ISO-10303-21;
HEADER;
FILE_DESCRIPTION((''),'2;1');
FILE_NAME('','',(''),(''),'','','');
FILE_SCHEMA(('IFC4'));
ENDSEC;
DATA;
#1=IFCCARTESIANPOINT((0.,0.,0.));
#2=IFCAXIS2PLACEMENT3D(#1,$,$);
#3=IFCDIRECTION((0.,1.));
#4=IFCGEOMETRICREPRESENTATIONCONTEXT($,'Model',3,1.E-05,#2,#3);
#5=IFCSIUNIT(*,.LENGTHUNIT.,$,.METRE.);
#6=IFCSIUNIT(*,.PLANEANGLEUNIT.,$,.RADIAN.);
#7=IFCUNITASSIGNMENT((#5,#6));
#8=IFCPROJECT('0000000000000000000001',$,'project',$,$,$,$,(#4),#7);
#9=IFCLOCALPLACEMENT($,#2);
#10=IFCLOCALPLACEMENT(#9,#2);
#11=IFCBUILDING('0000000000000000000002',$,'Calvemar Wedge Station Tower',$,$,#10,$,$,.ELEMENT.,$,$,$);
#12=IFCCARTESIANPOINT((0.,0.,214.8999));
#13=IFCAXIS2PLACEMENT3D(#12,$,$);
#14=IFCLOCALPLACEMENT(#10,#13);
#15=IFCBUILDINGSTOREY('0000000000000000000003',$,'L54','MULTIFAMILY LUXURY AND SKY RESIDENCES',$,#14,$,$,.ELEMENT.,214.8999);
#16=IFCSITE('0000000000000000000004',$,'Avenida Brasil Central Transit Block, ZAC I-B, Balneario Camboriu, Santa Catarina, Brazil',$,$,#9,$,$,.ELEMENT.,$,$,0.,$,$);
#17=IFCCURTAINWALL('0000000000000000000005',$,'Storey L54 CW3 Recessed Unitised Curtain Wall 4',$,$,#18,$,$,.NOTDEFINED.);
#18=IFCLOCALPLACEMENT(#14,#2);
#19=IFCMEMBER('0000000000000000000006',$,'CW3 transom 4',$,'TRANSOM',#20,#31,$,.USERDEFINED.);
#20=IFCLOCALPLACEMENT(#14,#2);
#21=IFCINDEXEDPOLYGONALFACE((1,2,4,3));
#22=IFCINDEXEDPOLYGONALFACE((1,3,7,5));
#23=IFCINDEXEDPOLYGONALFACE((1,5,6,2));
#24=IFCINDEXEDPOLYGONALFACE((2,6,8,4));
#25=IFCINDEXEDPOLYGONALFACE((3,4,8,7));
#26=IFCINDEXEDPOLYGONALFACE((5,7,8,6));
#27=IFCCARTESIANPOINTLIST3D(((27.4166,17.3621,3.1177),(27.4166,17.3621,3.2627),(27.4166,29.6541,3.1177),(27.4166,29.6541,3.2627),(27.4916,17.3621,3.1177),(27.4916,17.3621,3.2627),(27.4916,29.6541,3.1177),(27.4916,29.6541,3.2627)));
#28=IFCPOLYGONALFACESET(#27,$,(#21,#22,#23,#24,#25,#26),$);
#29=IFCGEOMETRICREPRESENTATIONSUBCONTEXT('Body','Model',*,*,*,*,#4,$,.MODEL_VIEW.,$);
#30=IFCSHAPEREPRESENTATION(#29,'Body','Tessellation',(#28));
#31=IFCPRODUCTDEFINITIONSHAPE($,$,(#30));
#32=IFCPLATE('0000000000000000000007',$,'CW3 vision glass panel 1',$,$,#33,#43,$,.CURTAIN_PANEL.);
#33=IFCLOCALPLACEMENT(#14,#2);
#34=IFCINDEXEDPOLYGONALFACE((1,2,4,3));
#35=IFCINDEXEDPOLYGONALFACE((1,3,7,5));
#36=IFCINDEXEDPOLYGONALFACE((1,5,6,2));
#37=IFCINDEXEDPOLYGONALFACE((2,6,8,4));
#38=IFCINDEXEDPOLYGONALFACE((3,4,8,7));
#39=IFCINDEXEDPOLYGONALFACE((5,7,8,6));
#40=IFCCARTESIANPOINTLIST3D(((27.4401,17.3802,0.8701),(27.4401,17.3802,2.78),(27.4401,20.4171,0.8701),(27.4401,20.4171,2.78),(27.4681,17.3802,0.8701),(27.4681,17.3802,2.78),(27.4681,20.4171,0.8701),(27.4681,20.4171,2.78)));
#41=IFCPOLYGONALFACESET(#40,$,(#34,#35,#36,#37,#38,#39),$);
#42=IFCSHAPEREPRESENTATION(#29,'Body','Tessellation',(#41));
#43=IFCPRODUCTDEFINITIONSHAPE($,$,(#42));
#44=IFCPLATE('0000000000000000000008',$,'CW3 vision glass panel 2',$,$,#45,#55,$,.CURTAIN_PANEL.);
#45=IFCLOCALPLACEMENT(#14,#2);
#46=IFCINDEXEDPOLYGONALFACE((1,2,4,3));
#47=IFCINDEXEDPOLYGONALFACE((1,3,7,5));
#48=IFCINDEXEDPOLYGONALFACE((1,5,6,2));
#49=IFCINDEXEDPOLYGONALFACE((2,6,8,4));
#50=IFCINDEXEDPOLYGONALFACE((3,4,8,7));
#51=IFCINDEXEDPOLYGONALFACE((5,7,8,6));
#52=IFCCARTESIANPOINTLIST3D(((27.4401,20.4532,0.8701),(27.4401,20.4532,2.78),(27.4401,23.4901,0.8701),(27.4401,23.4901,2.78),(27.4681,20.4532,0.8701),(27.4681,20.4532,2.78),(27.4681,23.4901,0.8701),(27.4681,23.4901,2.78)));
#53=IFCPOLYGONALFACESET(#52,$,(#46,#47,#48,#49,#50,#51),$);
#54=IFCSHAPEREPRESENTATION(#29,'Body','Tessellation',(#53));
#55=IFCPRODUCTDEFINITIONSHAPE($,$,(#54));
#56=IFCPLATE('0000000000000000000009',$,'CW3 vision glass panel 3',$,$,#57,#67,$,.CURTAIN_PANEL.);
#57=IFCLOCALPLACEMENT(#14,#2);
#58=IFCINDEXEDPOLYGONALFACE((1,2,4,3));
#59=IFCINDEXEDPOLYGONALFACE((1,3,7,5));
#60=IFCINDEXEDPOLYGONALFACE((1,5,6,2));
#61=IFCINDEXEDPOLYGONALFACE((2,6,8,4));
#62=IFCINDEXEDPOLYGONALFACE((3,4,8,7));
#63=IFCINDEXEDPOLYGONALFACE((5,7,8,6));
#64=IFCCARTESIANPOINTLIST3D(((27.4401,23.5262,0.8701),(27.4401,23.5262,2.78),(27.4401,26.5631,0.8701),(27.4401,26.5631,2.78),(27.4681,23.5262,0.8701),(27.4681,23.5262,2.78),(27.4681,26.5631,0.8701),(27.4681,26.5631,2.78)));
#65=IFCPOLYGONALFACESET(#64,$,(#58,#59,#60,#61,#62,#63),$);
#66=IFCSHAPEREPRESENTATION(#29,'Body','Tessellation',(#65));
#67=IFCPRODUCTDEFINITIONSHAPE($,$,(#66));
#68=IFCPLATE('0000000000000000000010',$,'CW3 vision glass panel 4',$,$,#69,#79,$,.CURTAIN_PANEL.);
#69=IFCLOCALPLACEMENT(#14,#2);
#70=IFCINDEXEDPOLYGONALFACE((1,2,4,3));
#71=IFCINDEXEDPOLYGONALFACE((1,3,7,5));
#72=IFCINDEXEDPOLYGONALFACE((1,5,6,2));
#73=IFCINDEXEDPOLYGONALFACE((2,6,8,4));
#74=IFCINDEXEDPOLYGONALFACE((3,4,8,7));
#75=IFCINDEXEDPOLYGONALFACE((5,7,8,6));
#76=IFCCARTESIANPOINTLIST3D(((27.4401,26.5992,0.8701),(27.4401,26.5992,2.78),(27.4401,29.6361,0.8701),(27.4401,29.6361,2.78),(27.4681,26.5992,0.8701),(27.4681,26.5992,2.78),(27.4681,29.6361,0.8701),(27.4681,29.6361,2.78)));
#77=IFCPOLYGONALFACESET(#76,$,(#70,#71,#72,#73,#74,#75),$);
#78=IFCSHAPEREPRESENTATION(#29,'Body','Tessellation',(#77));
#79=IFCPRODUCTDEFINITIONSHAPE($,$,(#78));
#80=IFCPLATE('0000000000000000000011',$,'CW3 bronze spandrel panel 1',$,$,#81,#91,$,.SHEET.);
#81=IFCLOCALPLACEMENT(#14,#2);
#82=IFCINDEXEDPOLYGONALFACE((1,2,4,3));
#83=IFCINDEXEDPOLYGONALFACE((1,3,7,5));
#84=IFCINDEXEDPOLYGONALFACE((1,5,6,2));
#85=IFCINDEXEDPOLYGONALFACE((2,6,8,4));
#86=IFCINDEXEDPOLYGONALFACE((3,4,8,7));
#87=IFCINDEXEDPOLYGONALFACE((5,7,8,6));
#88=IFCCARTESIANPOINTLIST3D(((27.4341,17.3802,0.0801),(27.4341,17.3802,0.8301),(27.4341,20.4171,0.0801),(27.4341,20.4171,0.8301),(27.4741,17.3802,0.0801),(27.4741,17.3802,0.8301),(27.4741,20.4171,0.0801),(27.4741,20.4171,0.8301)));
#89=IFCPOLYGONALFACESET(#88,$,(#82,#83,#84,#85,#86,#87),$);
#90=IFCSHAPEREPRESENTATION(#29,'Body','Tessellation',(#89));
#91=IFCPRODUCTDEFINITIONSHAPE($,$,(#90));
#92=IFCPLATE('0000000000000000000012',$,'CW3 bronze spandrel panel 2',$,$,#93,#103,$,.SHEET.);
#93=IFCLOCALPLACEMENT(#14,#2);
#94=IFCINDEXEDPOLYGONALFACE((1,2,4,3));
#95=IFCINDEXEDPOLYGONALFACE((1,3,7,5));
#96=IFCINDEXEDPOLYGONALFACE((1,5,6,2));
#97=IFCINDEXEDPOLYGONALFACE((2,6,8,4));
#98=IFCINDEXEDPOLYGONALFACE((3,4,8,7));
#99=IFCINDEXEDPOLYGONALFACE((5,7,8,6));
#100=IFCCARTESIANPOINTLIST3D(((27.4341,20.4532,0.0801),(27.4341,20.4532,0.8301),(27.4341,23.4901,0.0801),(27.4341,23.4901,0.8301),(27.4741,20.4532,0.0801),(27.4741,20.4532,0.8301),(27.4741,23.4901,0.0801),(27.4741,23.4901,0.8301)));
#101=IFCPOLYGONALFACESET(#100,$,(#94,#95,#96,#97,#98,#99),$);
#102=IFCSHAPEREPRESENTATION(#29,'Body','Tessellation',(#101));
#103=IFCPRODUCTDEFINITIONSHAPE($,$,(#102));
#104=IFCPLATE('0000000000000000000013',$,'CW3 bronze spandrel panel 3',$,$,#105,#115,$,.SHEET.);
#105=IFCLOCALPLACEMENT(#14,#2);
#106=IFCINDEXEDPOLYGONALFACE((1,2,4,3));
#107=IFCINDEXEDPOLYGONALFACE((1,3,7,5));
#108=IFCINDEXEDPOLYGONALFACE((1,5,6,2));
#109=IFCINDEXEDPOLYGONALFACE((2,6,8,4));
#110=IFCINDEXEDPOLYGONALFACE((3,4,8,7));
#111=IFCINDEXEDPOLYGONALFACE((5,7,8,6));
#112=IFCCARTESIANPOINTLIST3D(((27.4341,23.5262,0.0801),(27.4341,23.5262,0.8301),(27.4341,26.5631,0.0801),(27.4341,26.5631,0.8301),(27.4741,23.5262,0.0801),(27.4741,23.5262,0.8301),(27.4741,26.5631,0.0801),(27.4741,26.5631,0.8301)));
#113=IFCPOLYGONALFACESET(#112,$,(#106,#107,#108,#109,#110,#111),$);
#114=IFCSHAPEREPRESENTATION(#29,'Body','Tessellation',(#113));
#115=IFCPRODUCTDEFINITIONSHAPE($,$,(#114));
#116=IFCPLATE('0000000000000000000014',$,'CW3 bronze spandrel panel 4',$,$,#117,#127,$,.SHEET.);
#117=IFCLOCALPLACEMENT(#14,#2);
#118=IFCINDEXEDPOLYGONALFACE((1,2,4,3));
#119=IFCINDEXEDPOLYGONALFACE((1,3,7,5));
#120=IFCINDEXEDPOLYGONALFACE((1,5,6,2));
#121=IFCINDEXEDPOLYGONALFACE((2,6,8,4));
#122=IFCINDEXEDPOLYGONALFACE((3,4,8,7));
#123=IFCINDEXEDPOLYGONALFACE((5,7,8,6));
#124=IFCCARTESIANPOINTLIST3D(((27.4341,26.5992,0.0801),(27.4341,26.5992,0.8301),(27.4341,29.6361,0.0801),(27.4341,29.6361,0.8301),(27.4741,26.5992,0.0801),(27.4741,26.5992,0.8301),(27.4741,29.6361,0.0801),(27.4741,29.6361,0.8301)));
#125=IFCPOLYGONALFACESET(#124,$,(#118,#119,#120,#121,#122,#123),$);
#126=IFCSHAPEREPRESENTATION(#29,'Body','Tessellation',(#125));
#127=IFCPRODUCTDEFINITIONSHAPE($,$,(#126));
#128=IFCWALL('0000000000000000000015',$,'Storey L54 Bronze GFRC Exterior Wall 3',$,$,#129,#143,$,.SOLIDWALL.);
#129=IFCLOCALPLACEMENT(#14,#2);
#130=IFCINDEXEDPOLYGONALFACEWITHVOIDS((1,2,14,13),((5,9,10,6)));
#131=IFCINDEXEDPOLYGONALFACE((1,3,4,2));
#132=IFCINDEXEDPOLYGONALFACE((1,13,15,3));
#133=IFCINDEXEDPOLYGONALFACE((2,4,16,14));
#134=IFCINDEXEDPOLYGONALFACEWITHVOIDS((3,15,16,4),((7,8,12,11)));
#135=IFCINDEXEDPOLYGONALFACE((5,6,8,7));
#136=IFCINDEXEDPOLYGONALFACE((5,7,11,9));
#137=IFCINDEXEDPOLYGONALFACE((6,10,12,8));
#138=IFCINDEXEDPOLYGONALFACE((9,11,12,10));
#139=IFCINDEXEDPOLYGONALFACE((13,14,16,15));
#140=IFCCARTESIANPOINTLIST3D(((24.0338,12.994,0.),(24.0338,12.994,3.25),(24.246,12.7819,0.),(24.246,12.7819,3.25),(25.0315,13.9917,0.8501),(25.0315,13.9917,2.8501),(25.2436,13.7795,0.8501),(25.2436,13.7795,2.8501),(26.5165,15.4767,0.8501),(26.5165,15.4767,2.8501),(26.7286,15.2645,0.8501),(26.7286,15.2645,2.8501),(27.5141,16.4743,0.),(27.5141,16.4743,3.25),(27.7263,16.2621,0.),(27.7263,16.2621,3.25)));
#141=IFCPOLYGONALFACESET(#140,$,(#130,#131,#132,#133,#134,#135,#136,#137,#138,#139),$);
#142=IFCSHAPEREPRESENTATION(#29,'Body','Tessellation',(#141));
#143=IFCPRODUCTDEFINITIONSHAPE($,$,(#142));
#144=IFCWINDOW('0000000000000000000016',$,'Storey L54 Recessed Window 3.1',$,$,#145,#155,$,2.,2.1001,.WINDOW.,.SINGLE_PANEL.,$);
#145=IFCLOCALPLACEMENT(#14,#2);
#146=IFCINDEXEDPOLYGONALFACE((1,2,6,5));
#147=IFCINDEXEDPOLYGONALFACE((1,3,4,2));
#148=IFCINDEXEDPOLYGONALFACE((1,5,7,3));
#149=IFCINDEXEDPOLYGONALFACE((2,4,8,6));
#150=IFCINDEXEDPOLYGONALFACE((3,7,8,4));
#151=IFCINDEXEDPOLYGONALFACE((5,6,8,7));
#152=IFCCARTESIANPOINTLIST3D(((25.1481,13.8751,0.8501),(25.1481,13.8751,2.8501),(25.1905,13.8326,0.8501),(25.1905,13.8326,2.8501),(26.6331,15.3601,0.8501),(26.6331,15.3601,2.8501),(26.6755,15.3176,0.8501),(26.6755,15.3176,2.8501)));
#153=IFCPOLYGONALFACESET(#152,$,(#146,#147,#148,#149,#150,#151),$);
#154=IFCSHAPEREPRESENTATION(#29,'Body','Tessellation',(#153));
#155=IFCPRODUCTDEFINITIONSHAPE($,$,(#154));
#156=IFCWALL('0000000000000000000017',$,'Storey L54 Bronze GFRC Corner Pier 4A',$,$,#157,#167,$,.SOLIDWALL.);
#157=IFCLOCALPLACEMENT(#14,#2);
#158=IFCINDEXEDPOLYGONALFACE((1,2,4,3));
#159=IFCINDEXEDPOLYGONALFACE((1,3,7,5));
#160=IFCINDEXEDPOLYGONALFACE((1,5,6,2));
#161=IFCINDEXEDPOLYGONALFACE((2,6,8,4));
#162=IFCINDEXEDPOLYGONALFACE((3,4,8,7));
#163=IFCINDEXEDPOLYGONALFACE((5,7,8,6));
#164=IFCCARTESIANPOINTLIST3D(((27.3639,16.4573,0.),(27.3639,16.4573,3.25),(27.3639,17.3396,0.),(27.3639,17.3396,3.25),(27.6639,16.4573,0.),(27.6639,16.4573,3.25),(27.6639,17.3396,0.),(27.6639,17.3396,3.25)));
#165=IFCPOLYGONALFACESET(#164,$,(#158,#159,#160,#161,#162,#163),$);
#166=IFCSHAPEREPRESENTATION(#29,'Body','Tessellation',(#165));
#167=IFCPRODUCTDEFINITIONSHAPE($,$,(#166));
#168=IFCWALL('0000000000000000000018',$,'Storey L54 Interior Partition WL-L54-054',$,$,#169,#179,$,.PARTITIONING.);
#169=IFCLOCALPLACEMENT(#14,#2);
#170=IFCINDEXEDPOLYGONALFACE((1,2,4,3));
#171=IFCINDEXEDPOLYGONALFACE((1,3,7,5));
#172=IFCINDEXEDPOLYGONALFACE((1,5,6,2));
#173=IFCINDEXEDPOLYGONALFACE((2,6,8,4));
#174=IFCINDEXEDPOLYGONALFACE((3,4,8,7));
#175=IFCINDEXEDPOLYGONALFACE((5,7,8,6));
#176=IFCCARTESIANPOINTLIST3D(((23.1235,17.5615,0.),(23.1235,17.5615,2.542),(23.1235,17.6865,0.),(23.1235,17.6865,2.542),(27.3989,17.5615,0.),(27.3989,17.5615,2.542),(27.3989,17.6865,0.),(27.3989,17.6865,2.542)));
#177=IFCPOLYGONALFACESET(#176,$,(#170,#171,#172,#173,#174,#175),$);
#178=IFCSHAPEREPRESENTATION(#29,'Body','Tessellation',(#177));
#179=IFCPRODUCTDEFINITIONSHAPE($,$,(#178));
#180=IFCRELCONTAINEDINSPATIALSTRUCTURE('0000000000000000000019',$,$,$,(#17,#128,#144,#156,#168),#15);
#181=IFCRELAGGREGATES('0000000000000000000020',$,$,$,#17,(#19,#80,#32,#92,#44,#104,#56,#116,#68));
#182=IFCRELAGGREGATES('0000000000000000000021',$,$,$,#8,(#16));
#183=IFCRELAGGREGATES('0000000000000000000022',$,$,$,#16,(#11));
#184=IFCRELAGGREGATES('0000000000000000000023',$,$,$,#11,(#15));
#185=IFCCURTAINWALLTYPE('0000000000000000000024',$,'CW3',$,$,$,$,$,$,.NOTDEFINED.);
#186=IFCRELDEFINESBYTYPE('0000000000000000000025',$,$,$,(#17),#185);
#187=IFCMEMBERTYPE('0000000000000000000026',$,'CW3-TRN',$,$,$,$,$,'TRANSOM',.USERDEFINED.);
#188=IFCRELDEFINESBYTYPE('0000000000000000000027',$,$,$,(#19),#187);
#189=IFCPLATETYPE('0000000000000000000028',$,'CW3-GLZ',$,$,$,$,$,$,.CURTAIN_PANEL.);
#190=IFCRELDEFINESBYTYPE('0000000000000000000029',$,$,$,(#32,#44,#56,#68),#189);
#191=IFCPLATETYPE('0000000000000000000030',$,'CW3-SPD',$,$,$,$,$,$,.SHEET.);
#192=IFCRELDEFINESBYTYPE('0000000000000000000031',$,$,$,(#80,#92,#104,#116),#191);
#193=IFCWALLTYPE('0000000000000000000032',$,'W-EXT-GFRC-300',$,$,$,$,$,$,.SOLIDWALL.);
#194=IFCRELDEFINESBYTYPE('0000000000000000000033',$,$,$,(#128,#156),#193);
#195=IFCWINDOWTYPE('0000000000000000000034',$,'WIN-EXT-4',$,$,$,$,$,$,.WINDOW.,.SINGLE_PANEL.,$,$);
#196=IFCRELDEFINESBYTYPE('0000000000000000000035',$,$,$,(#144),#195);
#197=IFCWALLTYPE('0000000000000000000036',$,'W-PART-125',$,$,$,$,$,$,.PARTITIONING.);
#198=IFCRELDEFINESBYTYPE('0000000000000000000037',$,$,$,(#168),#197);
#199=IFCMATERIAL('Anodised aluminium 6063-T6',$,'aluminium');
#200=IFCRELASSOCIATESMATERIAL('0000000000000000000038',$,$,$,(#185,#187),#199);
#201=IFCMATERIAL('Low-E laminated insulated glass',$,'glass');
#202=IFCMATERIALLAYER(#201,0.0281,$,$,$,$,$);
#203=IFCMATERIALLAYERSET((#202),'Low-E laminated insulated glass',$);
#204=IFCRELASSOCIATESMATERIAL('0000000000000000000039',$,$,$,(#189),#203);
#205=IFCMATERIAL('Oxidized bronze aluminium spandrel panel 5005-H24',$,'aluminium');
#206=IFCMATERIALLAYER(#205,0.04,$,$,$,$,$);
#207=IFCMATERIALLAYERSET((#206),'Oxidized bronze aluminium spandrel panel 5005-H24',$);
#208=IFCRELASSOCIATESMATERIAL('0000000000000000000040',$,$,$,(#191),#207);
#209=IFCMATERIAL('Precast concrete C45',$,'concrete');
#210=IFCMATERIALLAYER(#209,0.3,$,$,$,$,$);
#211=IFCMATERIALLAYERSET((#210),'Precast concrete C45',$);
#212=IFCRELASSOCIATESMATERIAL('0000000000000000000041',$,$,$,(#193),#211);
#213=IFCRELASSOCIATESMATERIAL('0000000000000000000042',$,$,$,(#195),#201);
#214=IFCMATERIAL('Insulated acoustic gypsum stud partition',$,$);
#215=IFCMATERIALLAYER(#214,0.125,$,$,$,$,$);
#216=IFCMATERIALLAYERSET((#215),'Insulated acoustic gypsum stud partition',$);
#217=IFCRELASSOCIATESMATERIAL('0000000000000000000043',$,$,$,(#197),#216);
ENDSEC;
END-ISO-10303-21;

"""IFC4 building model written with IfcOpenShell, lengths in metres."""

from ifc_helpers import new_model, si_unit, direction, frame, frame_2d, origin, origin_2d, place, context, subcontext, project, spatial, rectangle, extrude, source, transform, mapped, material, layer, layer_set, material_profile, profile_set, type_object, element, fill, aggregate, save


model = new_model("IFC4")

# Units and contexts
model_context = context("Model", 3, precision=1e-05, world=origin(), true_north=direction((0.0, 1.0)))
body_context = subcontext(model_context, "Body", "Model", "MODEL_VIEW")
ifc_project = project(units=[si_unit("LENGTHUNIT", "METRE"), si_unit("PLANEANGLEUNIT", "RADIAN")], contexts=[model_context])

# Site, building, storey
site_placement = place(None, origin())
site = spatial("IfcSite", under=ifc_project, at=site_placement, Name="Avenida Brasil Central Transit Block, ZAC I-B, Balneario Camboriu, Santa Catarina, Brazil", CompositionType="ELEMENT", RefElevation=0.0)
building_placement = place(site_placement, origin())
building = spatial("IfcBuilding", under=site, at=building_placement, Name="Calvemar Wedge Station Tower", CompositionType="ELEMENT")
storey_placement = place(building_placement, frame((0.0, 0.0, 214.8999)))
storey = spatial("IfcBuildingStorey", under=building, at=storey_placement, Name="L54", Description="MULTIFAMILY LUXURY AND SKY RESIDENCES", CompositionType="ELEMENT", Elevation=214.8999)

# Curtain wall, member, plates
ifc_material_1 = material(Name="Anodised aluminium 6063-T6", Category="aluminium")
curtain_wall_type = type_object("IfcCurtainWallType", Name="CW3", PredefinedType="NOTDEFINED", material=ifc_material_1)
curtain_wall_placement = place(storey_placement, origin())
curtain_wall = element("IfcCurtainWall", 1, at=curtain_wall_placement, inside=storey, type_object=curtain_wall_type, Name="Storey L54 CW3 Recessed Unitised Curtain Wall 4", PredefinedType="NOTDEFINED")
ifc_material_profile_1 = material_profile(ifc_material_1, rectangle(XDim=0.075, YDim=0.145, at=origin_2d()), Name="AL-TRN-75x145")
ifc_profile_set_1 = profile_set([ifc_material_profile_1], Name="Anodised aluminium 6063-T6")
member_type_1 = type_object("IfcMemberType", Name="CW3-TRN", ElementType="TRANSOM", PredefinedType="USERDEFINED", material=ifc_profile_set_1)
shared_shape_1 = source(origin(), body_context, "Body", "SweptSolid", [
    extrude(rectangle(XDim=0.075, YDim=0.145, at=origin_2d()), origin(), (0.0, 0.0, 1.0), 12.292),
])
member_1_placement = place(storey_placement, frame((27.4541, 17.3621, 3.1902), z_axis=(0.0, 1.0, 0.0), x_axis=(-1.0, 0.0, 0.0)))
member_1 = element("IfcMember", 2, at=member_1_placement, type_object=member_type_1, Name="CW3 transom 4", ObjectType="TRANSOM", PredefinedType="USERDEFINED", context=body_context, shape_type="MappedRepresentation", body=[
    mapped(shared_shape_1, transform((0.0, 0.0, 0.0), scale=1.0)),
])
ifc_material_2 = material(Name="Low-E laminated insulated glass", Category="glass")
ifc_layer_1 = layer(ifc_material_2, 0.0281)
ifc_layer_set_1 = layer_set([ifc_layer_1], Name="Low-E laminated insulated glass")
plate_type_1 = type_object("IfcPlateType", Name="CW3-GLZ", PredefinedType="CURTAIN_PANEL", material=ifc_layer_set_1)
plate_1_placement = place(storey_placement, frame((27.4541, 17.3801, 0.8701), z_axis=(0.0, 0.0, 1.0), x_axis=(0.0, 1.0, 0.0)))
plate_1 = element("IfcPlate", 3, at=plate_1_placement, type_object=plate_type_1, Name="CW3 vision glass panel 1", PredefinedType="CURTAIN_PANEL", context=body_context, shape_type="SweptSolid", body=[
    extrude(rectangle(XDim=3.0369, YDim=0.0281, at=frame_2d((1.5186, 0.0))), origin(), (0.0, 0.0, 1.0), 1.9099),
])
plate_2_placement = place(storey_placement, frame((27.4541, 20.4531, 0.8701), z_axis=(0.0, 0.0, 1.0), x_axis=(0.0, 1.0, 0.0)))
plate_2 = element("IfcPlate", 4, at=plate_2_placement, type_object=plate_type_1, Name="CW3 vision glass panel 2", PredefinedType="CURTAIN_PANEL", context=body_context, shape_type="SweptSolid", body=[
    extrude(rectangle(XDim=3.0369, YDim=0.0281, at=frame_2d((1.5186, 0.0))), origin(), (0.0, 0.0, 1.0), 1.9099),
])
plate_3_placement = place(storey_placement, frame((27.4541, 23.5261, 0.8701), z_axis=(0.0, 0.0, 1.0), x_axis=(0.0, 1.0, 0.0)))
plate_3 = element("IfcPlate", 5, at=plate_3_placement, type_object=plate_type_1, Name="CW3 vision glass panel 3", PredefinedType="CURTAIN_PANEL", context=body_context, shape_type="SweptSolid", body=[
    extrude(rectangle(XDim=3.0369, YDim=0.0281, at=frame_2d((1.5186, 0.0))), origin(), (0.0, 0.0, 1.0), 1.9099),
])
plate_4_placement = place(storey_placement, frame((27.4541, 26.5991, 0.8701), z_axis=(0.0, 0.0, 1.0), x_axis=(0.0, 1.0, 0.0)))
plate_4 = element("IfcPlate", 6, at=plate_4_placement, type_object=plate_type_1, Name="CW3 vision glass panel 4", PredefinedType="CURTAIN_PANEL", context=body_context, shape_type="SweptSolid", body=[
    extrude(rectangle(XDim=3.0369, YDim=0.0281, at=frame_2d((1.5186, 0.0))), origin(), (0.0, 0.0, 1.0), 1.9099),
])
ifc_material_3 = material(Name="Oxidized bronze aluminium spandrel panel 5005-H24", Category="aluminium")
ifc_layer_2 = layer(ifc_material_3, 0.04)
ifc_layer_set_2 = layer_set([ifc_layer_2], Name="Oxidized bronze aluminium spandrel panel 5005-H24")
plate_type_2 = type_object("IfcPlateType", Name="CW3-SPD", PredefinedType="SHEET", material=ifc_layer_set_2)
plate_5_placement = place(storey_placement, frame((27.4541, 17.3801, 0.0801), z_axis=(0.0, 0.0, 1.0), x_axis=(0.0, 1.0, 0.0)))
plate_5 = element("IfcPlate", 7, at=plate_5_placement, type_object=plate_type_2, Name="CW3 bronze spandrel panel 1", PredefinedType="SHEET", context=body_context, shape_type="SweptSolid", body=[
    extrude(rectangle(XDim=3.0369, YDim=0.04, at=frame_2d((1.5186, 0.0))), origin(), (0.0, 0.0, 1.0), 0.75),
])
plate_6_placement = place(storey_placement, frame((27.4541, 20.4531, 0.0801), z_axis=(0.0, 0.0, 1.0), x_axis=(0.0, 1.0, 0.0)))
plate_6 = element("IfcPlate", 8, at=plate_6_placement, type_object=plate_type_2, Name="CW3 bronze spandrel panel 2", PredefinedType="SHEET", context=body_context, shape_type="SweptSolid", body=[
    extrude(rectangle(XDim=3.0369, YDim=0.04, at=frame_2d((1.5186, 0.0))), origin(), (0.0, 0.0, 1.0), 0.75),
])
plate_7_placement = place(storey_placement, frame((27.4541, 23.5261, 0.0801), z_axis=(0.0, 0.0, 1.0), x_axis=(0.0, 1.0, 0.0)))
plate_7 = element("IfcPlate", 9, at=plate_7_placement, type_object=plate_type_2, Name="CW3 bronze spandrel panel 3", PredefinedType="SHEET", context=body_context, shape_type="SweptSolid", body=[
    extrude(rectangle(XDim=3.0369, YDim=0.04, at=frame_2d((1.5186, 0.0))), origin(), (0.0, 0.0, 1.0), 0.75),
])
plate_8_placement = place(storey_placement, frame((27.4541, 26.5991, 0.0801), z_axis=(0.0, 0.0, 1.0), x_axis=(0.0, 1.0, 0.0)))
plate_8 = element("IfcPlate", 10, at=plate_8_placement, type_object=plate_type_2, Name="CW3 bronze spandrel panel 4", PredefinedType="SHEET", context=body_context, shape_type="SweptSolid", body=[
    extrude(rectangle(XDim=3.0369, YDim=0.04, at=frame_2d((1.5186, 0.0))), origin(), (0.0, 0.0, 1.0), 0.75),
])
aggregate(curtain_wall, [member_1, plate_5, plate_1, plate_6, plate_2, plate_7, plate_3, plate_8, plate_4])

# Wall, opening, window
ifc_material_4 = material(Name="Precast concrete C45", Category="concrete")
ifc_layer_3 = layer(ifc_material_4, 0.3)
ifc_layer_set_3 = layer_set([ifc_layer_3], Name="Precast concrete C45")
wall_type_1 = type_object("IfcWallType", Name="W-EXT-GFRC-300", PredefinedType="SOLIDWALL", material=ifc_layer_set_3)
wall_1_placement = place(storey_placement, frame((24.1399, 12.8879, 0.0), z_axis=(0.0, 0.0, 1.0), x_axis=(0.707107, 0.707107, 0.0)))
wall_1 = element("IfcWall", 11, at=wall_1_placement, inside=storey, type_object=wall_type_1, Name="Storey L54 Bronze GFRC Exterior Wall 3", PredefinedType="SOLIDWALL", context=body_context, shape_type="SweptSolid", body=[
    extrude(rectangle(XDim=4.9219, YDim=0.3, at=frame_2d((2.4609, 0.0))), origin(), (0.0, 0.0, 1.0), 3.25),
])
shared_shape_2 = source(origin(), body_context, "Body", "SweptSolid", [
    extrude(rectangle(XDim=2.1001, YDim=2.0, at=frame_2d((1.05, 1.0))), frame((0.0, 0.1602, 0.0), z_axis=(0.0, -1.0, 0.0), x_axis=(1.0, 0.0, 0.0)), (0.0, 0.0, 1.0), 0.3201),
])
opening_placement = place(wall_1_placement, frame((1.4109, 0.0, 0.8501)))
opening = element("IfcOpeningElement", 12, at=opening_placement, cuts=wall_1, PredefinedType="OPENING", context=body_context, shape_type="MappedRepresentation", body=[
    mapped(shared_shape_2, transform((0.0, 0.0, 0.0), scale=1.0)),
])
window_type = type_object("IfcWindowType", Name="WIN-EXT-4", PartitioningType="SINGLE_PANEL", PredefinedType="WINDOW", material=ifc_material_2)
shared_shape_3 = source(origin(), body_context, "Body", "SweptSolid", [
    extrude(rectangle(XDim=2.1001, YDim=2.0, at=frame_2d((1.05, 1.0))), frame((0.0, -0.0149, 0.0), z_axis=(0.0, -1.0, 0.0), x_axis=(1.0, 0.0, 0.0)), (0.0, 0.0, 1.0), 0.0601),
])
window_placement = place(opening_placement, origin())
window = element("IfcWindow", 13, at=window_placement, inside=storey, type_object=window_type, Name="Storey L54 Recessed Window 3.1", OverallHeight=2.0, OverallWidth=2.1001, PartitioningType="SINGLE_PANEL", PredefinedType="WINDOW", context=body_context, shape_type="MappedRepresentation", body=[
    mapped(shared_shape_3, transform((0.0, 0.0, 0.0), scale=1.0)),
])
fill(opening, window)

# Walls
wall_2_placement = place(storey_placement, frame((27.5139, 16.4573, 0.0), z_axis=(0.0, 0.0, 1.0), x_axis=(0.0, 1.0, 0.0)))
element("IfcWall", 14, at=wall_2_placement, inside=storey, type_object=wall_type_1, Name="Storey L54 Bronze GFRC Corner Pier 4A", PredefinedType="SOLIDWALL", context=body_context, shape_type="SweptSolid", body=[
    extrude(rectangle(XDim=0.8823, YDim=0.3, at=frame_2d((0.4412, 0.0))), origin(), (0.0, 0.0, 1.0), 3.25),
])
ifc_material_5 = material(Name="Insulated acoustic gypsum stud partition")
ifc_layer_4 = layer(ifc_material_5, 0.125)
ifc_layer_set_4 = layer_set([ifc_layer_4], Name="Insulated acoustic gypsum stud partition")
wall_type_2 = type_object("IfcWallType", Name="W-PART-125", PredefinedType="PARTITIONING", material=ifc_layer_set_4)
wall_3_placement = place(storey_placement, frame((27.3989, 17.624, 0.0), z_axis=(0.0, 0.0, 1.0), x_axis=(-1.0, 0.0, 0.0)))
element("IfcWall", 15, at=wall_3_placement, inside=storey, type_object=wall_type_2, Name="Storey L54 Interior Partition WL-L54-054", PredefinedType="PARTITIONING", context=body_context, shape_type="SweptSolid", body=[
    extrude(rectangle(XDim=4.2754, YDim=0.125, at=frame_2d((2.1377, 0.0))), origin(), (0.0, 0.0, 1.0), 2.542),
])

save(model, "model.ifc")
